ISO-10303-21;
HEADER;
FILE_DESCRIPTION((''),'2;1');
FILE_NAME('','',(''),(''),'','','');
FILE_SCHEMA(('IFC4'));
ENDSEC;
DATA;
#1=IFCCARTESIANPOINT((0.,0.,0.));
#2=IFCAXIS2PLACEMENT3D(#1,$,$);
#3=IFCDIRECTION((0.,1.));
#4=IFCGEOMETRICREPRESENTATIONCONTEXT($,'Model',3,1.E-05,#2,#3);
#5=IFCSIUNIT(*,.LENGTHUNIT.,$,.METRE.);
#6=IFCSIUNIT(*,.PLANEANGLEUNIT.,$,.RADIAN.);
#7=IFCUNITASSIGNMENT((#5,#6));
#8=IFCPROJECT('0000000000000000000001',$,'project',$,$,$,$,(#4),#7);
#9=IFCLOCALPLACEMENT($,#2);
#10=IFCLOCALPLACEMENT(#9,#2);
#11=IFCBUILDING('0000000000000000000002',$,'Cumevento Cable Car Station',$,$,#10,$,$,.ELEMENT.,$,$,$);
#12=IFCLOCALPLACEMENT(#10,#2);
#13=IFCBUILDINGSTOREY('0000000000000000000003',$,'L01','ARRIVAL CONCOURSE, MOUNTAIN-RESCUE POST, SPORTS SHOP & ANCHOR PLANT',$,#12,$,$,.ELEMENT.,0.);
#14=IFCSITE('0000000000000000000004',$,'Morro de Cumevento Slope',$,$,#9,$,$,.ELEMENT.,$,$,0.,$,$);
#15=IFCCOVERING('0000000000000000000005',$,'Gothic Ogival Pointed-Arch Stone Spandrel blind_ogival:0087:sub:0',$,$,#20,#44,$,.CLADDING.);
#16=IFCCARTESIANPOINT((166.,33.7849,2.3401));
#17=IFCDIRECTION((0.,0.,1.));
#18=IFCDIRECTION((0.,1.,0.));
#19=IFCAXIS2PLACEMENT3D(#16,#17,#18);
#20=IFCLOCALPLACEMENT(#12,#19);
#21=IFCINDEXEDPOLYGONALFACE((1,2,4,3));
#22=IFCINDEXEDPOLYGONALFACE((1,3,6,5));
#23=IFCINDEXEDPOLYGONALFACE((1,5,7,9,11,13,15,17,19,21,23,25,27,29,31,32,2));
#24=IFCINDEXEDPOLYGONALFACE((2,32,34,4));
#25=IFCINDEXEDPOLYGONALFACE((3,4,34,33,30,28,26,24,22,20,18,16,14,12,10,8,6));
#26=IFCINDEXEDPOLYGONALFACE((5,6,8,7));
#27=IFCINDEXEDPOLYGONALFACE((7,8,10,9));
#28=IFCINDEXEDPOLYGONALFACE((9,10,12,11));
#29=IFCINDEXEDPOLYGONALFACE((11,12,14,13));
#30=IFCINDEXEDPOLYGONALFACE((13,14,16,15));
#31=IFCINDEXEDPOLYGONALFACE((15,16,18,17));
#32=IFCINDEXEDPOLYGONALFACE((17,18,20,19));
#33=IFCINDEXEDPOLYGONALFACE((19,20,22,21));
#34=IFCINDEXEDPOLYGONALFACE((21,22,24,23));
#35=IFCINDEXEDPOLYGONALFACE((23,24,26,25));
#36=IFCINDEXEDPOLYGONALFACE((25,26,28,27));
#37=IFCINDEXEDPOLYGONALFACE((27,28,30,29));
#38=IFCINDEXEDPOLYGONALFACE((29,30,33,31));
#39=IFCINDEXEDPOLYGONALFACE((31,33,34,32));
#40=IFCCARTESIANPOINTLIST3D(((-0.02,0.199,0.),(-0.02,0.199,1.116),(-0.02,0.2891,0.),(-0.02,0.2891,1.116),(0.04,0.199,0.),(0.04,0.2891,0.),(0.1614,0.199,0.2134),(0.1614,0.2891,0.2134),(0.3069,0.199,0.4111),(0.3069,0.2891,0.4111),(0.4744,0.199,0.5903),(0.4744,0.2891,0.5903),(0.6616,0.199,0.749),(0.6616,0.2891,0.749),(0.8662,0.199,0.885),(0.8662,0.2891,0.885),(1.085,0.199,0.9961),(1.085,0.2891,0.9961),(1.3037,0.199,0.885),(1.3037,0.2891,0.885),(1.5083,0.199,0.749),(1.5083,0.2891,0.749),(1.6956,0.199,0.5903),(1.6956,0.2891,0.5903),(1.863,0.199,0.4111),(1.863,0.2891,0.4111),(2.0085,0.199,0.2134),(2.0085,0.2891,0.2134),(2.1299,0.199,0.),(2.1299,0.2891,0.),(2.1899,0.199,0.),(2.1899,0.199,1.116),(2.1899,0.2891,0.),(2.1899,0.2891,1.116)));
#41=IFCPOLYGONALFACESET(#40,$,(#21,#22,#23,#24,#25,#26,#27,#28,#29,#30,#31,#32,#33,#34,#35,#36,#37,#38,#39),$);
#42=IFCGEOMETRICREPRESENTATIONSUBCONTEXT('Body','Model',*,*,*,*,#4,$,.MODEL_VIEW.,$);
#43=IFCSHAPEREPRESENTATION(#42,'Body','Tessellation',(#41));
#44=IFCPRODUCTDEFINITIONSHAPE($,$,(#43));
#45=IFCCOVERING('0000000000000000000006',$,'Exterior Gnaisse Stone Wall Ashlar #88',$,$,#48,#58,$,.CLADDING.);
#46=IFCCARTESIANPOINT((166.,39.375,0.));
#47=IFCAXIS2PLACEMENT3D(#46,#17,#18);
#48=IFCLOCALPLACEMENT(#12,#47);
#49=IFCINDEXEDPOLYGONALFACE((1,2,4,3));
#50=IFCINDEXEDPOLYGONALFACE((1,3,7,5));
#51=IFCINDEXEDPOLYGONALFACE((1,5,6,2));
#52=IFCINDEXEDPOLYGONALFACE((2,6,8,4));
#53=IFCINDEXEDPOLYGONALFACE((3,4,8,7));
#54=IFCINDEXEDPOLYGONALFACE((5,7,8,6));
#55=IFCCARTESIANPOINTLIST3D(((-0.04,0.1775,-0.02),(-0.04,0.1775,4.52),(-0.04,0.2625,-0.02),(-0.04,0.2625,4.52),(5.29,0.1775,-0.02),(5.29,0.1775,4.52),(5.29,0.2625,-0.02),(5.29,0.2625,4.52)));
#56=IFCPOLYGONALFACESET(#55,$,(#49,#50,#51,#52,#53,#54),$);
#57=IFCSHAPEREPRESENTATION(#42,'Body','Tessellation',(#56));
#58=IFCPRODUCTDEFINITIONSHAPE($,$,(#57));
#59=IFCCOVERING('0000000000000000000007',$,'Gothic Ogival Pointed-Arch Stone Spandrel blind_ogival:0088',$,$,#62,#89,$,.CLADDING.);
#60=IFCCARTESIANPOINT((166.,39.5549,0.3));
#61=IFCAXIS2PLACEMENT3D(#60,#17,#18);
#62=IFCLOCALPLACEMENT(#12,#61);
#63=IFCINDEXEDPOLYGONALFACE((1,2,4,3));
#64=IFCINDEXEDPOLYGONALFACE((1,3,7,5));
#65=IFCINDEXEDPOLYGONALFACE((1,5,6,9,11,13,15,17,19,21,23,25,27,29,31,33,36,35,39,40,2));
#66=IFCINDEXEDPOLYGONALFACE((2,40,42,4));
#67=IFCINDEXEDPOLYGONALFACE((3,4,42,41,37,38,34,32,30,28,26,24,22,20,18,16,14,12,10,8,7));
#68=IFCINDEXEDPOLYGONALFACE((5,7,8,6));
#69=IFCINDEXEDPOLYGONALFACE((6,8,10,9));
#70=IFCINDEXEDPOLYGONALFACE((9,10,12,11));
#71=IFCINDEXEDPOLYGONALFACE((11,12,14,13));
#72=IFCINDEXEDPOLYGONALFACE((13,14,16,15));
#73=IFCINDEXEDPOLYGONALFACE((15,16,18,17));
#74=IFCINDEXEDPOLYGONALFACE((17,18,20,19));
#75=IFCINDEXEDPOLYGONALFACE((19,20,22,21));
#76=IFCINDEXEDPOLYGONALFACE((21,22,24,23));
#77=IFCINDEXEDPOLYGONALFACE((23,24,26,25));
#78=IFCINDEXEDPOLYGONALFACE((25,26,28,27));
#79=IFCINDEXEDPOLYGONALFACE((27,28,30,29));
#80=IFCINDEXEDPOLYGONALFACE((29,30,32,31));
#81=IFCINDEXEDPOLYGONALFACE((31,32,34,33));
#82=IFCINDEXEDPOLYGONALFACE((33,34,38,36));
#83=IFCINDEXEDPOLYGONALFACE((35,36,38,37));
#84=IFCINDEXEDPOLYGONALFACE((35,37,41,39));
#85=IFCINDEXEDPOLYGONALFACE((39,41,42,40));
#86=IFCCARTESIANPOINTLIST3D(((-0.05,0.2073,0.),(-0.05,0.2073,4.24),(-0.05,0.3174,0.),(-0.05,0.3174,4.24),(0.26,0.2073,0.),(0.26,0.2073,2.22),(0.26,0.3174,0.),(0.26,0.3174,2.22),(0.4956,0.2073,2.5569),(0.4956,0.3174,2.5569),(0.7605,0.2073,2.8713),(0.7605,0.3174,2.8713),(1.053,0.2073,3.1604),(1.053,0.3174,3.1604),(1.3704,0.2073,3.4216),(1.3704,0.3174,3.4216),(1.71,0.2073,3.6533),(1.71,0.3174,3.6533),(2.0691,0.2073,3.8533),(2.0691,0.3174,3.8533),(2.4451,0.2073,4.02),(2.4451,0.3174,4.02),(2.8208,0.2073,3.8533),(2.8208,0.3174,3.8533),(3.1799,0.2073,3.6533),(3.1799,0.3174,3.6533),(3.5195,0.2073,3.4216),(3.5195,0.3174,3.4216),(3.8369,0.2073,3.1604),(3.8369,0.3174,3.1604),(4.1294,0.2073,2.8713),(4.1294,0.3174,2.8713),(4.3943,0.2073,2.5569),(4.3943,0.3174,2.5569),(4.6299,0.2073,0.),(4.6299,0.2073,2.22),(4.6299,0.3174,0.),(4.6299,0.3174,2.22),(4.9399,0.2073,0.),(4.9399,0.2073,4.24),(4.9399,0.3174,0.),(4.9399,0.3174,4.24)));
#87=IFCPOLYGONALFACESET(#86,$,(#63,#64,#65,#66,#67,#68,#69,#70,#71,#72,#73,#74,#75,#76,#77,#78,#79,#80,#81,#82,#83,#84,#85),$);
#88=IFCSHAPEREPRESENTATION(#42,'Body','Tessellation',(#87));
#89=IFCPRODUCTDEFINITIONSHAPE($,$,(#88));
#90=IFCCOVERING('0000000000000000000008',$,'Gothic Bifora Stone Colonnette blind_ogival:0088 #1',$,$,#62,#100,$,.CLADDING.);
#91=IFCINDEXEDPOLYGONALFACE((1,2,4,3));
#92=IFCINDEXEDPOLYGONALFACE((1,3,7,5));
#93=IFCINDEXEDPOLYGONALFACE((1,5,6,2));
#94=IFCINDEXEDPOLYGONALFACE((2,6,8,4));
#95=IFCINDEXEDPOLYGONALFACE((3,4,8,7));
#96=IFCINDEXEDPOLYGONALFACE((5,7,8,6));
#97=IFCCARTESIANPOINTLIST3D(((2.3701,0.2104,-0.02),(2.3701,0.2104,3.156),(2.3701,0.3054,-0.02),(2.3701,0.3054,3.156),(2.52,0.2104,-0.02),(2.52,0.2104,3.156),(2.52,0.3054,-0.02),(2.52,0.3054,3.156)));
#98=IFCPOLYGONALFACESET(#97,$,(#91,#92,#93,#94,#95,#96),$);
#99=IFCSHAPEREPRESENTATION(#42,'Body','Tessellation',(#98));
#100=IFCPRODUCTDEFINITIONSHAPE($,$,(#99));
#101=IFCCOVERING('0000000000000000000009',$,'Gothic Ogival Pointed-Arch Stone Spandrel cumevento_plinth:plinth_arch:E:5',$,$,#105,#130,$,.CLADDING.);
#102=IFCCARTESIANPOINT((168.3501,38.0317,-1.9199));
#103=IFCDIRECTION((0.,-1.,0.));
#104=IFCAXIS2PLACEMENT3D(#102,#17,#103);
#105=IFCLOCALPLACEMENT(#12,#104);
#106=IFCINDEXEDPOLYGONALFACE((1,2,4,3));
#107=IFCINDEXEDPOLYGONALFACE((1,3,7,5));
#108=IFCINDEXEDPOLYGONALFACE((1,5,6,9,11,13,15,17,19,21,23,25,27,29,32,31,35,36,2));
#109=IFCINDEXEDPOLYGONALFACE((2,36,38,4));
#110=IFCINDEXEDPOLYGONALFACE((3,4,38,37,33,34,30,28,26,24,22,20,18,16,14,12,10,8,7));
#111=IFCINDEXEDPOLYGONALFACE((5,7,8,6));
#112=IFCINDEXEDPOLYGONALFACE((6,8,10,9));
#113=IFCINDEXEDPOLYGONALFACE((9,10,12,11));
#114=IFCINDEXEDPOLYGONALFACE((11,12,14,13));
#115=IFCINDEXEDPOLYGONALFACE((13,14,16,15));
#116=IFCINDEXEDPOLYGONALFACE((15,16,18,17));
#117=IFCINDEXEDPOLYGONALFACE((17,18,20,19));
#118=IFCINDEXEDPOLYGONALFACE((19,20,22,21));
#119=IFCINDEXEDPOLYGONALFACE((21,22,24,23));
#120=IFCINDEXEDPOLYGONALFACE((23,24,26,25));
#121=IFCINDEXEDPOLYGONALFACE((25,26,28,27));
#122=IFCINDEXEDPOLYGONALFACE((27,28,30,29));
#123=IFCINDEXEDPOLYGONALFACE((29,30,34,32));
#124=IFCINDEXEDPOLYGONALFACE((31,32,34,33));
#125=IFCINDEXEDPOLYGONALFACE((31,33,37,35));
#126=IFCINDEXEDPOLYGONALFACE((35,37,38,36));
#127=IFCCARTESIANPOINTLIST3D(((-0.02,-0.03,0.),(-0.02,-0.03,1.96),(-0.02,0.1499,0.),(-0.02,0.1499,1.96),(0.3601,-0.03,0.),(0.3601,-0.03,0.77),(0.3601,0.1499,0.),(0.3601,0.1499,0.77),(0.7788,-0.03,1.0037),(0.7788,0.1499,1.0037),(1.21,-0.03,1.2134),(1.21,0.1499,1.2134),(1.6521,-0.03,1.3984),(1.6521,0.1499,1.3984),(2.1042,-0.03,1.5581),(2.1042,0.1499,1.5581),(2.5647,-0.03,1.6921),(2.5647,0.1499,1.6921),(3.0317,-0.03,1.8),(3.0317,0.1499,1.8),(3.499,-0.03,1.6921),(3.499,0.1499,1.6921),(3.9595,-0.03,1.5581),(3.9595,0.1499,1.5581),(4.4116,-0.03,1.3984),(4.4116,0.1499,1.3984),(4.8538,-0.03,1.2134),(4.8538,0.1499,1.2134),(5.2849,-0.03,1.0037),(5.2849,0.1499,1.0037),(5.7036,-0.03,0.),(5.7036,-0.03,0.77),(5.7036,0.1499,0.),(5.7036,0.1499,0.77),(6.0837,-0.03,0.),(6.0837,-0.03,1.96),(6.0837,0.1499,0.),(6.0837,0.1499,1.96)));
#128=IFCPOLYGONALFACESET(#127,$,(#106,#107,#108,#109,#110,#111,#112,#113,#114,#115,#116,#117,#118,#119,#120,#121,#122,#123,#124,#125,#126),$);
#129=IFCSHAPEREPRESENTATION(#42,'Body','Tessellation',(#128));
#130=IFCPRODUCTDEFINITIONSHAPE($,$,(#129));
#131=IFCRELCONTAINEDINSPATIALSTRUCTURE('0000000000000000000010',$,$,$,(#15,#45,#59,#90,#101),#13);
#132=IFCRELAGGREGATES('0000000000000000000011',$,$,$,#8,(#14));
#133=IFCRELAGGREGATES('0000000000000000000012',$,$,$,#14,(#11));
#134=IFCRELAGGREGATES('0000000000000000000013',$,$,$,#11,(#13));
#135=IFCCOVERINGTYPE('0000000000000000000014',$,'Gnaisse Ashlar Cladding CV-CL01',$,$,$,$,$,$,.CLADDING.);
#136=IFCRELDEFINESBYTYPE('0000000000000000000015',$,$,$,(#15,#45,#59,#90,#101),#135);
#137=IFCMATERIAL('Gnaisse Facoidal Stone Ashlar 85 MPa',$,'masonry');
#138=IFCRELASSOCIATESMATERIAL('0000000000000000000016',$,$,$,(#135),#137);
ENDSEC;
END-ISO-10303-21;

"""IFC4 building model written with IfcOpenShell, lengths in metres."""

from ifc_helpers import new_model, si_unit, direction, frame, origin, place, context, subcontext, project, spatial, polyline, outline, extrude, material, type_object, element, save


model = new_model("IFC4")

# Units and contexts
model_context = context("Model", 3, precision=1e-05, world=origin(), true_north=direction((0.0, 1.0)))
body_context = subcontext(model_context, "Body", "Model", "MODEL_VIEW")
ifc_project = project(units=[si_unit("LENGTHUNIT", "METRE"), si_unit("PLANEANGLEUNIT", "RADIAN")], contexts=[model_context])

# Site, building, storey
site_placement = place(None, origin())
site = spatial("IfcSite", under=ifc_project, at=site_placement, Name="Morro de Cumevento Slope", CompositionType="ELEMENT", RefElevation=0.0)
building_placement = place(site_placement, origin())
building = spatial("IfcBuilding", under=site, at=building_placement, Name="Cumevento Cable Car Station", CompositionType="ELEMENT")
storey_placement = place(building_placement, origin())
storey = spatial("IfcBuildingStorey", under=building, at=storey_placement, Name="L01", Description="ARRIVAL CONCOURSE, MOUNTAIN-RESCUE POST, SPORTS SHOP & ANCHOR PLANT", CompositionType="ELEMENT", Elevation=0.0)

# Coverings
ifc_material_1 = material(Name="Gnaisse Facoidal Stone Ashlar 85 MPa", Category="masonry")
covering_type = type_object("IfcCoveringType", Name="Gnaisse Ashlar Cladding CV-CL01", PredefinedType="CLADDING", material=ifc_material_1)
covering_1_placement = place(storey_placement, frame((166.0, 33.7849, 2.3401), z_axis=(0.0, 0.0, 1.0), x_axis=(0.0, 1.0, 0.0)))
element("IfcCovering", 1, at=covering_1_placement, inside=storey, type_object=covering_type, Name="Gothic Ogival Pointed-Arch Stone Spandrel blind_ogival:0087:sub:0", PredefinedType="CLADDING", context=body_context, shape_type="SweptSolid", body=[
    extrude(outline(polyline([(-0.02, 0.0), (-0.02, 1.116), (2.1899, 1.116), (2.1899, 0.0), (2.1299, 0.0), (2.0085, 0.2134), (1.863, 0.4111), (1.6956, 0.5903), (1.5083, 0.749), (1.3037, 0.885), (1.085, 0.9961), (0.8662, 0.885), (0.6616, 0.749), (0.4744, 0.5903), (0.3069, 0.4111), (0.1614, 0.2134), (0.04, 0.0), (-0.02, 0.0)])), frame((0.0, 0.2891, 0.0), z_axis=(0.0, -1.0, 0.0), x_axis=(1.0, 0.0, 0.0)), (0.0, 0.0, 1.0), 0.0901),
])
covering_2_placement = place(storey_placement, frame((166.0, 39.375, 0.0), z_axis=(0.0, 0.0, 1.0), x_axis=(0.0, 1.0, 0.0)))
element("IfcCovering", 2, at=covering_2_placement, inside=storey, type_object=covering_type, Name="Exterior Gnaisse Stone Wall Ashlar #88", PredefinedType="CLADDING", context=body_context, shape_type="SweptSolid", body=[
    extrude(outline(polyline([(-0.04, -0.02), (5.29, -0.02), (5.29, 4.52), (-0.04, 4.52), (-0.04, -0.02)])), frame((0.0, 0.2625, 0.0), z_axis=(0.0, -1.0, 0.0), x_axis=(1.0, 0.0, 0.0)), (0.0, 0.0, 1.0), 0.085),
])
placement = place(storey_placement, frame((166.0, 39.5549, 0.3), z_axis=(0.0, 0.0, 1.0), x_axis=(0.0, 1.0, 0.0)))
element("IfcCovering", 3, at=placement, inside=storey, type_object=covering_type, Name="Gothic Ogival Pointed-Arch Stone Spandrel blind_ogival:0088", PredefinedType="CLADDING", context=body_context, shape_type="SweptSolid", body=[
    extrude(outline(polyline([(-0.05, 0.0), (-0.05, 4.24), (4.9399, 4.24), (4.9399, 0.0), (4.6299, 0.0), (4.6299, 2.22), (4.3943, 2.5569), (4.1294, 2.8713), (3.8369, 3.1604), (3.5195, 3.4216), (3.1799, 3.6533), (2.8208, 3.8533), (2.4451, 4.02), (2.0691, 3.8533), (1.71, 3.6533), (1.3704, 3.4216), (1.053, 3.1604), (0.7605, 2.8713), (0.4956, 2.5569), (0.26, 2.22), (0.26, 0.0), (-0.05, 0.0)])), frame((0.0, 0.3174, 0.0), z_axis=(0.0, -1.0, 0.0), x_axis=(1.0, 0.0, 0.0)), (0.0, 0.0, 1.0), 0.1101),
])
element("IfcCovering", 4, at=placement, inside=storey, type_object=covering_type, Name="Gothic Bifora Stone Colonnette blind_ogival:0088 #1", PredefinedType="CLADDING", context=body_context, shape_type="SweptSolid", body=[
    extrude(outline(polyline([(2.3701, -0.02), (2.52, -0.02), (2.52, 3.156), (2.3701, 3.156), (2.3701, -0.02)])), frame((0.0, 0.3054, 0.0), z_axis=(0.0, -1.0, 0.0), x_axis=(1.0, 0.0, 0.0)), (0.0, 0.0, 1.0), 0.095),
])
covering_3_placement = place(storey_placement, frame((168.3501, 38.0317, -1.9199), z_axis=(0.0, 0.0, 1.0), x_axis=(0.0, -1.0, 0.0)))
element("IfcCovering", 5, at=covering_3_placement, inside=storey, type_object=covering_type, Name="Gothic Ogival Pointed-Arch Stone Spandrel cumevento_plinth:plinth_arch:E:5", PredefinedType="CLADDING", context=body_context, shape_type="SweptSolid", body=[
    extrude(outline(polyline([(-0.02, 0.0), (-0.02, 1.96), (6.0837, 1.96), (6.0837, 0.0), (5.7036, 0.0), (5.7036, 0.77), (5.2849, 1.0037), (4.8538, 1.2134), (4.4116, 1.3984), (3.9595, 1.5581), (3.499, 1.6921), (3.0317, 1.8), (2.5647, 1.6921), (2.1042, 1.5581), (1.6521, 1.3984), (1.21, 1.2134), (0.7788, 1.0037), (0.3601, 0.77), (0.3601, 0.0), (-0.02, 0.0)])), frame((0.0, 0.1499, 0.0), z_axis=(0.0, -1.0, 0.0), x_axis=(1.0, 0.0, 0.0)), (0.0, 0.0, 1.0), 0.1799),
])

save(model, "model.ifc")
